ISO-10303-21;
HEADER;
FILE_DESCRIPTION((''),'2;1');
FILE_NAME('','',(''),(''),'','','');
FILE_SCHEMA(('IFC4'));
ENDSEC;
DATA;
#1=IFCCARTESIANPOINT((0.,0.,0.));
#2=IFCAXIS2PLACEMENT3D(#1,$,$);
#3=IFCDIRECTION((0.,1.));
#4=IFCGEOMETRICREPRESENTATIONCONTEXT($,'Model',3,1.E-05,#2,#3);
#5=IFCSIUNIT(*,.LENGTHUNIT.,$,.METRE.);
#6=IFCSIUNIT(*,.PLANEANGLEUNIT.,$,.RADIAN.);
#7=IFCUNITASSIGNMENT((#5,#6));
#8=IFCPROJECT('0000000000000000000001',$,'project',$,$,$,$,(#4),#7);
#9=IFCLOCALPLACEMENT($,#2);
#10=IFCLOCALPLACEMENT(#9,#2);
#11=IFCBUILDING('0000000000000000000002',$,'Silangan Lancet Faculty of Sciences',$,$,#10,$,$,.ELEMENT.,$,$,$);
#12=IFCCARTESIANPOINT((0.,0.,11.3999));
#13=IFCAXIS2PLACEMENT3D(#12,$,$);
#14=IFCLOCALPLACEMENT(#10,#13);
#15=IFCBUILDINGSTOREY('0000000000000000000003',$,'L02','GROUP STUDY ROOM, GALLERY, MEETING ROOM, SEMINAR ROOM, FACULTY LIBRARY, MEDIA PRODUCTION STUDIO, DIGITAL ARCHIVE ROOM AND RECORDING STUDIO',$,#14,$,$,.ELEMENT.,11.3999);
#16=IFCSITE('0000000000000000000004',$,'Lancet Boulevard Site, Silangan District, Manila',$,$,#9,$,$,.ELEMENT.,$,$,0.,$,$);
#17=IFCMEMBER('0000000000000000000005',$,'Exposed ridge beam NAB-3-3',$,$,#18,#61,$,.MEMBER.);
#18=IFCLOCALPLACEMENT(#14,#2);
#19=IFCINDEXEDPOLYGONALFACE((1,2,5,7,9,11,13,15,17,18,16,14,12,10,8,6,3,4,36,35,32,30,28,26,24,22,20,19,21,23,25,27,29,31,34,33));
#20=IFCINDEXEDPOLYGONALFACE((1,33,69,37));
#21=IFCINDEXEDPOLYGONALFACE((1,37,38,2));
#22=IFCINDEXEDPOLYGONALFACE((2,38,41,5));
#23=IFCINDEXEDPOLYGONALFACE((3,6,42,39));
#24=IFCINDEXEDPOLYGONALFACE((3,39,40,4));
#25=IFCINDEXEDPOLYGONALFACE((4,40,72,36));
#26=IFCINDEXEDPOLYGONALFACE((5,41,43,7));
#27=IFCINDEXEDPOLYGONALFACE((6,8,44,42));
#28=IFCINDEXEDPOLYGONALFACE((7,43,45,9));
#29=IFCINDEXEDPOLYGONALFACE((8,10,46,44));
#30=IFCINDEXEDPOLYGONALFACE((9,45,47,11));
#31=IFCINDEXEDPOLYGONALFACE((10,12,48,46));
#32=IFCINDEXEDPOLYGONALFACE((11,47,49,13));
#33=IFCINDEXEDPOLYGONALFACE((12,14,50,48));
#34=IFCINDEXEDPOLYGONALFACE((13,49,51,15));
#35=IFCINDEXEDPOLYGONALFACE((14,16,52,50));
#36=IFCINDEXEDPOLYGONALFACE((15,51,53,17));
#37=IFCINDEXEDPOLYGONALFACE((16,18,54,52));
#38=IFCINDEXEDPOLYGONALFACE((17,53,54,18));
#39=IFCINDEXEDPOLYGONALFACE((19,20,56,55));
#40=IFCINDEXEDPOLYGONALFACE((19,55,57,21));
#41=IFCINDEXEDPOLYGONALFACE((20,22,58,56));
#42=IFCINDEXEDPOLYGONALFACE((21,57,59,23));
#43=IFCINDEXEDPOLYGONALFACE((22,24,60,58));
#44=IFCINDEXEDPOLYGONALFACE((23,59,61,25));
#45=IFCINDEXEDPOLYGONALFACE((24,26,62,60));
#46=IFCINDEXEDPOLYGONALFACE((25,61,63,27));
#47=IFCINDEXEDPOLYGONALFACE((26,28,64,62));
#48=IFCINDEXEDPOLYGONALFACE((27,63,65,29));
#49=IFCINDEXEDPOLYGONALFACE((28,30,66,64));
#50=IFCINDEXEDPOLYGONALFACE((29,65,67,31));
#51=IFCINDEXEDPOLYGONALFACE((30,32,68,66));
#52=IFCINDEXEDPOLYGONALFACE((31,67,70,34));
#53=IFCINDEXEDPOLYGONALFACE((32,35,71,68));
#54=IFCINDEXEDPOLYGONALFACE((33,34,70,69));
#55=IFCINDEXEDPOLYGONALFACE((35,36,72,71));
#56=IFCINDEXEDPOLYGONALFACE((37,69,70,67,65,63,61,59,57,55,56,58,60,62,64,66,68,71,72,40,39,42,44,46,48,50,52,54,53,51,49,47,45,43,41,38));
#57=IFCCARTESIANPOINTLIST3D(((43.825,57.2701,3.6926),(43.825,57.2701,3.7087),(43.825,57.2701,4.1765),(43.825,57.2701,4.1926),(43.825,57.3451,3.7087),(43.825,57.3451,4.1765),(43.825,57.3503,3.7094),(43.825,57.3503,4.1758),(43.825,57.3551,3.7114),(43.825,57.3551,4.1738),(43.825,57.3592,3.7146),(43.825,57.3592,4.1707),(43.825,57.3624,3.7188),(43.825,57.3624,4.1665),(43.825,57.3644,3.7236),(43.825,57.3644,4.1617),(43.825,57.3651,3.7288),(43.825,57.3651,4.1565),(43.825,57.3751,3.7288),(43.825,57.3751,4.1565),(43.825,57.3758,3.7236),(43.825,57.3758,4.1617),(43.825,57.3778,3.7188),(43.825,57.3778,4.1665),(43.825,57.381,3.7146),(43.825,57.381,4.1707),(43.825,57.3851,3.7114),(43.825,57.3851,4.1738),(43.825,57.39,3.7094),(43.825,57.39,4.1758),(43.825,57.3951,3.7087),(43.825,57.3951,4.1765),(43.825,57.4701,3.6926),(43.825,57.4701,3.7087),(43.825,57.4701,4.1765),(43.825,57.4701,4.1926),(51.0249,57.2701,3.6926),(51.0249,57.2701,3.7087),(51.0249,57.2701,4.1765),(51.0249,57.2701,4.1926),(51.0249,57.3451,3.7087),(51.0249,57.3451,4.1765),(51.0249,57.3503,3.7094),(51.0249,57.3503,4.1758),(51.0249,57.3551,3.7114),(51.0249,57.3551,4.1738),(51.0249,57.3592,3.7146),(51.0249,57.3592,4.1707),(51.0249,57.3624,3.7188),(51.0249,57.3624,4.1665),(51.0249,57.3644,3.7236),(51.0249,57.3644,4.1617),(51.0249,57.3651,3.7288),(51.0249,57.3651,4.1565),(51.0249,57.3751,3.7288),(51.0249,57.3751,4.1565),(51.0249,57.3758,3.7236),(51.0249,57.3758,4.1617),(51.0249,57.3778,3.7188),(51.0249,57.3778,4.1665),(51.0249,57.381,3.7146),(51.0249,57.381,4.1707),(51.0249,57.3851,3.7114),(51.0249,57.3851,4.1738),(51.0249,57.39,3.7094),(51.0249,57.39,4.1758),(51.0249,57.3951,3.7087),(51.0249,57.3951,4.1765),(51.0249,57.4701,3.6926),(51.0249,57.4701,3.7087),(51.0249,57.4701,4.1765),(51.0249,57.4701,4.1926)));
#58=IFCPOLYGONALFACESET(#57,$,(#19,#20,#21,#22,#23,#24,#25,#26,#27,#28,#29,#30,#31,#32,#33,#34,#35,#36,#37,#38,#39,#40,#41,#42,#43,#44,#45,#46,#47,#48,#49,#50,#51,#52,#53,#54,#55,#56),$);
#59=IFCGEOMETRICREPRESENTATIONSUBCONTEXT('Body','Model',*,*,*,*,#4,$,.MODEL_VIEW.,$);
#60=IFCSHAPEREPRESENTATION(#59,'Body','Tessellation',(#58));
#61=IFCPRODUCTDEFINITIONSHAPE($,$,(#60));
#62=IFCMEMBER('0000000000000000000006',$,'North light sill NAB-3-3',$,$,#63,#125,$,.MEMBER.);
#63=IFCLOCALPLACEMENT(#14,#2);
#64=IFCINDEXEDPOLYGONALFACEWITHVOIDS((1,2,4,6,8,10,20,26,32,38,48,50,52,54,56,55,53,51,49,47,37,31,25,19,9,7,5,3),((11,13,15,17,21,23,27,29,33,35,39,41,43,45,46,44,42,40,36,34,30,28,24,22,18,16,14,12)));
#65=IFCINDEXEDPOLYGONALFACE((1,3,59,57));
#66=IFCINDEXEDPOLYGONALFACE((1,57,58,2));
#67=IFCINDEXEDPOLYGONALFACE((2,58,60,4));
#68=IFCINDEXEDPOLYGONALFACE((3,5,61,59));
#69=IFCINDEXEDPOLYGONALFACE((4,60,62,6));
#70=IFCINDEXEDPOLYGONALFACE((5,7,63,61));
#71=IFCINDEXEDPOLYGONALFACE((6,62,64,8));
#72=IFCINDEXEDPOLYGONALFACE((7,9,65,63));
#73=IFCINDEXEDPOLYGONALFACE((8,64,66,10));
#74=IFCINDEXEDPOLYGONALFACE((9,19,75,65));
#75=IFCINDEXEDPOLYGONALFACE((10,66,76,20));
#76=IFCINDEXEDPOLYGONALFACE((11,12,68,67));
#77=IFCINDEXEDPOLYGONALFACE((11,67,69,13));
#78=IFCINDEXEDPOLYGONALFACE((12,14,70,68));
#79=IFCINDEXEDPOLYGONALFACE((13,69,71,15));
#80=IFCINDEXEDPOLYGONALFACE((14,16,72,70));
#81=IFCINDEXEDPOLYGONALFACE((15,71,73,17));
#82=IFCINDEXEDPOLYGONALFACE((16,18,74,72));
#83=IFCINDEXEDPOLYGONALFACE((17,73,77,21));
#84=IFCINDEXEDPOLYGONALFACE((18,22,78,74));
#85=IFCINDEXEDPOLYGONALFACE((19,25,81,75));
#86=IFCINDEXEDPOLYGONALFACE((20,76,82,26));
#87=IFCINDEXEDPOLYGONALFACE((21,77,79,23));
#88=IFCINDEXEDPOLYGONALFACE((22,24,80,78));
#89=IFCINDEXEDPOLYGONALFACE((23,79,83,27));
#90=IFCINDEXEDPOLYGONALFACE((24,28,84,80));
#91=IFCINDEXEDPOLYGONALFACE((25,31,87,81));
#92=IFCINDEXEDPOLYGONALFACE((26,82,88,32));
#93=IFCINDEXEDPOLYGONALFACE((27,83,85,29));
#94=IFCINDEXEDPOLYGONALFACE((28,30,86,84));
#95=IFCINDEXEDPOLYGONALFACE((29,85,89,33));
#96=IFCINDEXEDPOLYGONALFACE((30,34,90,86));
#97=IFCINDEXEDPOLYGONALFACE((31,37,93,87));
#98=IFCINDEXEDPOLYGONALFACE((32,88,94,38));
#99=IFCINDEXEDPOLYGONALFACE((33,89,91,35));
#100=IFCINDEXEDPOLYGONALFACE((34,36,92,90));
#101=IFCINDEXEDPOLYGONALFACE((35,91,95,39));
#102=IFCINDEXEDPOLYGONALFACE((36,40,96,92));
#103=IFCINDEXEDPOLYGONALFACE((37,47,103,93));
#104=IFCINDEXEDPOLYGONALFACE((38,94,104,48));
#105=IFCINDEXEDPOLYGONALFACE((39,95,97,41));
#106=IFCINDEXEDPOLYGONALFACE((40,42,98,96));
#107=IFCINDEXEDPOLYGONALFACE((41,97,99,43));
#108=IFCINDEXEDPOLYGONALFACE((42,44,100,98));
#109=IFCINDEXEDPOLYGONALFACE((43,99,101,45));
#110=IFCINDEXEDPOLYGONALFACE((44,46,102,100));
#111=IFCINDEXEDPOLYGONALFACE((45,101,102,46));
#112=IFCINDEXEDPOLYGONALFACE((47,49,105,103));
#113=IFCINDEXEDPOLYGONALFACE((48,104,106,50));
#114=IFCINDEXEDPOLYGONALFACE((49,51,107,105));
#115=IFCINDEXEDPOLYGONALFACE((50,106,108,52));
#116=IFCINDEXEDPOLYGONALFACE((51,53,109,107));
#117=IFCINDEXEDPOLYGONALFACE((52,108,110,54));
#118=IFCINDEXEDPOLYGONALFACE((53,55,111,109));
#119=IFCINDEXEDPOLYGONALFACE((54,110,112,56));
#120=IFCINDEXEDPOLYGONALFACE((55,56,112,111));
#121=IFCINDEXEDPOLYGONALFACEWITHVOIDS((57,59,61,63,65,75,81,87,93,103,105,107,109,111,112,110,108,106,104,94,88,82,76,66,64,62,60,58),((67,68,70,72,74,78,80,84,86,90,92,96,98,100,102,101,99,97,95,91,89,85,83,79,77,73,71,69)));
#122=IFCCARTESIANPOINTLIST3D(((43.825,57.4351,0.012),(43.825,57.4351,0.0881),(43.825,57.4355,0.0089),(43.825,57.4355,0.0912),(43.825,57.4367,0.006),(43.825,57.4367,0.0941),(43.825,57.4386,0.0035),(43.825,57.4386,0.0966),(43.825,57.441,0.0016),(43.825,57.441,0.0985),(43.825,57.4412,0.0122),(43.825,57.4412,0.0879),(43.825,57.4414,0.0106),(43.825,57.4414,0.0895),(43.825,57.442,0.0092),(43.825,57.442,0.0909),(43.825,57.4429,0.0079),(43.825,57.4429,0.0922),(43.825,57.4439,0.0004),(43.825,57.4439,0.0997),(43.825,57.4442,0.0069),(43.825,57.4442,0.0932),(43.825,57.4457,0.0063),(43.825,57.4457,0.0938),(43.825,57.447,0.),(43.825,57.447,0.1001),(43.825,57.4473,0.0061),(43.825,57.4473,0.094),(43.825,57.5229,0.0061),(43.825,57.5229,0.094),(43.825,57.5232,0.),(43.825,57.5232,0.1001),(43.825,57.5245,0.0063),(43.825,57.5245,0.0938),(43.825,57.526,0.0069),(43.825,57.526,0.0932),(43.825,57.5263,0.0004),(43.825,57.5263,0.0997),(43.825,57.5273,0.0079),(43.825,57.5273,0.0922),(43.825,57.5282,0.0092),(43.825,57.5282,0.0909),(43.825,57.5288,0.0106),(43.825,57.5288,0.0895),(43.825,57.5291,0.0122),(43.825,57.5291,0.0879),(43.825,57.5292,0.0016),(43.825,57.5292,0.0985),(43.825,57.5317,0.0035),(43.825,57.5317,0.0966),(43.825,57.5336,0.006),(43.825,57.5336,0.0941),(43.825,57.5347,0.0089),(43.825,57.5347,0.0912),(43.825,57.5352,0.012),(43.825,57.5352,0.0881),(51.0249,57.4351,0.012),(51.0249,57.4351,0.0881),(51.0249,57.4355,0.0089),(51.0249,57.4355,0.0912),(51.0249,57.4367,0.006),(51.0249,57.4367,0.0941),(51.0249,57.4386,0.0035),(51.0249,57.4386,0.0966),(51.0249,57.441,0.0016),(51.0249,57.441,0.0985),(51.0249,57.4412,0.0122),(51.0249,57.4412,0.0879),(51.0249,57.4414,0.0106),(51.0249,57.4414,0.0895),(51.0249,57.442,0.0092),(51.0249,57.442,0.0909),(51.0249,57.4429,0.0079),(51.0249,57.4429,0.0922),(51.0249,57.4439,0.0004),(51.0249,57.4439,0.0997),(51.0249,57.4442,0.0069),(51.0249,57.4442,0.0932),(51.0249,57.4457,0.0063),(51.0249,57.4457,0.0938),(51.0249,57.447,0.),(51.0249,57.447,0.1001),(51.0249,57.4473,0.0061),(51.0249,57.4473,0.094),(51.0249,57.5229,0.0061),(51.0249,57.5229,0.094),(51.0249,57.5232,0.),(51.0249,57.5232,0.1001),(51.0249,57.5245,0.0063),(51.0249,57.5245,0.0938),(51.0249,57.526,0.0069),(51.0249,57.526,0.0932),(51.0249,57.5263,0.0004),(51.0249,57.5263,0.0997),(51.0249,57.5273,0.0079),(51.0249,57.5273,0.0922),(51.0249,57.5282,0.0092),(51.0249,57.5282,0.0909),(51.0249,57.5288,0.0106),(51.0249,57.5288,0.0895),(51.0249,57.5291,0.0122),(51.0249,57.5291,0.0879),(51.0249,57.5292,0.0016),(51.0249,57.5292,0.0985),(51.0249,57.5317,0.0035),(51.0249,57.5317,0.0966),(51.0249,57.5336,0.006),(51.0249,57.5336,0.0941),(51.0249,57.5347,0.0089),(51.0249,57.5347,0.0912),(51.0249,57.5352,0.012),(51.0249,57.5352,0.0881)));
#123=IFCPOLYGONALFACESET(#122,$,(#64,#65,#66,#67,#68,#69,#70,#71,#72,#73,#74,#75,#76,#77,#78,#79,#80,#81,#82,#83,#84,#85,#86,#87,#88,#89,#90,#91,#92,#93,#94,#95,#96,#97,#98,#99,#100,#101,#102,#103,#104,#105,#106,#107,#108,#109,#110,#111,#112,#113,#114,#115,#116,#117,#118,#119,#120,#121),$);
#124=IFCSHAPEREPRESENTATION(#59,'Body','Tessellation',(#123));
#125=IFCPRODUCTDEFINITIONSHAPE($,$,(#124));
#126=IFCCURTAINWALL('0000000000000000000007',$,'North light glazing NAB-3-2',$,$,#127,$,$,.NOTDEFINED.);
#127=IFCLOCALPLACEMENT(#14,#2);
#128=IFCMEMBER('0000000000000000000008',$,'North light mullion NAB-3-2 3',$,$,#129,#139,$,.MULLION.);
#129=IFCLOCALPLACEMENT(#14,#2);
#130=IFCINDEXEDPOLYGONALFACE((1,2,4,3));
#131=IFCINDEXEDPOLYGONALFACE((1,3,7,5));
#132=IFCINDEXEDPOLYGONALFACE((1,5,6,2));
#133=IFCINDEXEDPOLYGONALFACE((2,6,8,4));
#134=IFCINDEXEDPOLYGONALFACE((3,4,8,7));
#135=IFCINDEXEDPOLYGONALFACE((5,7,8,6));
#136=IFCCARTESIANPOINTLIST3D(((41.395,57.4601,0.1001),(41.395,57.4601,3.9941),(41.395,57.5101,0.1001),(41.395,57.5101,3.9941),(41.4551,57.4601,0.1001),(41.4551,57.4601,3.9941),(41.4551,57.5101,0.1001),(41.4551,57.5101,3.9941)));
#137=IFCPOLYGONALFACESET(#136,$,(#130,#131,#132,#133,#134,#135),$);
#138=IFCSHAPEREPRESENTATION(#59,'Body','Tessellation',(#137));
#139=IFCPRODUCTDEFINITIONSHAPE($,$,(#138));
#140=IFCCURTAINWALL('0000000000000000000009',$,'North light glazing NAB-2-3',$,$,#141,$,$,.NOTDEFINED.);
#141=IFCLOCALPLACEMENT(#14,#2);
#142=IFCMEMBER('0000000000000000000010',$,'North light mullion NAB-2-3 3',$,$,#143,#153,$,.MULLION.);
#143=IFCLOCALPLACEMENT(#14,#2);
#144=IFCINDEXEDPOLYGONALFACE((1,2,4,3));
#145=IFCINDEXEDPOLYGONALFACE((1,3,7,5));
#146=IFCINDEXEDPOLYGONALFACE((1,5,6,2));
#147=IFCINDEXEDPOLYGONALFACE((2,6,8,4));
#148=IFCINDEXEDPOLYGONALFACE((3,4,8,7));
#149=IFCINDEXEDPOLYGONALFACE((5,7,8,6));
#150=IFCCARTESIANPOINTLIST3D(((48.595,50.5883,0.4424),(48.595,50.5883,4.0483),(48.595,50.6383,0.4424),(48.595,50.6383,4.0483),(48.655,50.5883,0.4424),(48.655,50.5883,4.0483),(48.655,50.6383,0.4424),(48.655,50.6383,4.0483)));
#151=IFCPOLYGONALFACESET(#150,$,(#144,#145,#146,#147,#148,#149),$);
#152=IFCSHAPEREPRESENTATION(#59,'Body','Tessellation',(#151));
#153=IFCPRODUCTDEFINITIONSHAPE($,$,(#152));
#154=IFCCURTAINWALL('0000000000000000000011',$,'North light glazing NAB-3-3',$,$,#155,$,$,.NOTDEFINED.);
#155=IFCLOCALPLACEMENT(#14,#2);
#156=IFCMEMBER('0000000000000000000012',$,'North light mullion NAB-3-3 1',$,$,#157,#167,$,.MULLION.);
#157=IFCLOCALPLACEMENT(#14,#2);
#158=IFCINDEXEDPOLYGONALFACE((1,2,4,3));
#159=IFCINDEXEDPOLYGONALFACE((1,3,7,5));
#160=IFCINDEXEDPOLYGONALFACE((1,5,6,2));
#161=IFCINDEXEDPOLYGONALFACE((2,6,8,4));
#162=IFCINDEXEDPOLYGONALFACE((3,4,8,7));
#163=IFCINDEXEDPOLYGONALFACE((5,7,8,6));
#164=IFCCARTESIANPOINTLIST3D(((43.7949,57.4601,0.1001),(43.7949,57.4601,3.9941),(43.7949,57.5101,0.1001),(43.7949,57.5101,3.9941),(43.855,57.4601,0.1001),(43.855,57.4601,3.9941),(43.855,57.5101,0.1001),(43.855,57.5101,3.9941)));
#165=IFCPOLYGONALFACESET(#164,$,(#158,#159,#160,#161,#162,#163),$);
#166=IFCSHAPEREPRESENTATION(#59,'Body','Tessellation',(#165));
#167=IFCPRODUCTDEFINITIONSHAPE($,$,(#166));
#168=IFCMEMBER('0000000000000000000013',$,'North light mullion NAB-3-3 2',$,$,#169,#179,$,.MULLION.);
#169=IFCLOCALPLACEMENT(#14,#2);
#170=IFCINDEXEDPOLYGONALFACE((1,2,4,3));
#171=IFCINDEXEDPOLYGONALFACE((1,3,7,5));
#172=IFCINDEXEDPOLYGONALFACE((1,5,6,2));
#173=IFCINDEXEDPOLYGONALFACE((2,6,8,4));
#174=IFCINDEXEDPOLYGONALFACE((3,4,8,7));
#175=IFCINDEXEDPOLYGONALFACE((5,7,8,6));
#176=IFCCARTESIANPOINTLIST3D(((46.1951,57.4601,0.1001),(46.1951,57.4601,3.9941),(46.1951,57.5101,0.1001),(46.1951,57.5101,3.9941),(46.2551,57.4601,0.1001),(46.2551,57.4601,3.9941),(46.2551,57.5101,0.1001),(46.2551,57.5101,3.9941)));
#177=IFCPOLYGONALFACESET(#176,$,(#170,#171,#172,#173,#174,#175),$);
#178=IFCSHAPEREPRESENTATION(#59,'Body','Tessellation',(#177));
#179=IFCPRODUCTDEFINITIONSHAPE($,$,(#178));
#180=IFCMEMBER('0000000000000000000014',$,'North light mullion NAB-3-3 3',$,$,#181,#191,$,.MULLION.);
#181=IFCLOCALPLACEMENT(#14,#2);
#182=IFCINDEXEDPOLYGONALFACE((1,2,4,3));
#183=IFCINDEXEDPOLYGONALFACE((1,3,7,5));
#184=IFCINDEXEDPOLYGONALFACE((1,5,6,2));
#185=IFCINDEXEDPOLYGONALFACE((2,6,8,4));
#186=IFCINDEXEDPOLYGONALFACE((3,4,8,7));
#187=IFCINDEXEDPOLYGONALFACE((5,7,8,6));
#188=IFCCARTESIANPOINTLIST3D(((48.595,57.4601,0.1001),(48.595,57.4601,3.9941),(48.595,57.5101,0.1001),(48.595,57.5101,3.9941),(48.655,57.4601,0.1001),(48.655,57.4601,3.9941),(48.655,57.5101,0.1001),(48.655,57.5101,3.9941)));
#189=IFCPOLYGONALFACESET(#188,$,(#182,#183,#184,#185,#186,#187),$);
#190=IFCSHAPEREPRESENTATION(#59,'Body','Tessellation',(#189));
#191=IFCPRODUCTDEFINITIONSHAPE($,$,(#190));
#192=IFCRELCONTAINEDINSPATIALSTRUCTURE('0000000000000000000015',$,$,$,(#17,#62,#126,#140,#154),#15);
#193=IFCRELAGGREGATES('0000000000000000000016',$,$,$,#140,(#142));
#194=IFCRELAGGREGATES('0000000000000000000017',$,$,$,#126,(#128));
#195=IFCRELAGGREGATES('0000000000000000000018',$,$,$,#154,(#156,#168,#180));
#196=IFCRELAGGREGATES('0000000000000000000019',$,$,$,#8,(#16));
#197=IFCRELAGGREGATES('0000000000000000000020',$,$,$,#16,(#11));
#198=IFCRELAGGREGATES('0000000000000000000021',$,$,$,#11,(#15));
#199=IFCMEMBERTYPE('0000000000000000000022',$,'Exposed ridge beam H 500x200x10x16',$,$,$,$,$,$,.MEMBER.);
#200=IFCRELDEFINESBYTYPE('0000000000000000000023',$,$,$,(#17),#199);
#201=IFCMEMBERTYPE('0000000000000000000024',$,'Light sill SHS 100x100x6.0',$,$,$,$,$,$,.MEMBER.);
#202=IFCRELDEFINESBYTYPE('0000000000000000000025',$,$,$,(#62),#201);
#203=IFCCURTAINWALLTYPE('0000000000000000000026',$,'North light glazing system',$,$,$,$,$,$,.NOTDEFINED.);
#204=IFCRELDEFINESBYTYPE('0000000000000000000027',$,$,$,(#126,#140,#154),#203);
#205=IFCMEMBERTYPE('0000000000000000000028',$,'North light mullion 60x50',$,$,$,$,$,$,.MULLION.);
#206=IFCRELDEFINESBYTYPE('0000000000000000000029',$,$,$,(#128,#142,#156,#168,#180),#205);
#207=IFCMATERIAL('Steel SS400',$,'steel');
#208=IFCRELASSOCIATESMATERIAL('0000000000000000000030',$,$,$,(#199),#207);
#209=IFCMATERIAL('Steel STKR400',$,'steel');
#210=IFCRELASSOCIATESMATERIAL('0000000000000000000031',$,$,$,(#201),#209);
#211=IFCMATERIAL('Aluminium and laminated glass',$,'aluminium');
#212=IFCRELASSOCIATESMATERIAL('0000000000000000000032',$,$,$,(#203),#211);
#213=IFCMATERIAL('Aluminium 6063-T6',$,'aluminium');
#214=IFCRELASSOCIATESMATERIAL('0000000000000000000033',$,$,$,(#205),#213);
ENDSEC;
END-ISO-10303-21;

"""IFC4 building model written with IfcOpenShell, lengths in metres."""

from ifc_helpers import new_model, si_unit, direction, frame, origin, origin_2d, place, context, subcontext, project, spatial, rectangle, hollow_rectangle, i_section, extrude, material, material_profile, profile_set, type_object, element, aggregate, save


model = new_model("IFC4")

# Units and contexts
model_context = context("Model", 3, precision=1e-05, world=origin(), true_north=direction((0.0, 1.0)))
body_context = subcontext(model_context, "Body", "Model", "MODEL_VIEW")
ifc_project = project(units=[si_unit("LENGTHUNIT", "METRE"), si_unit("PLANEANGLEUNIT", "RADIAN")], contexts=[model_context])

# Site, building, storey
site_placement = place(None, origin())
site = spatial("IfcSite", under=ifc_project, at=site_placement, Name="Lancet Boulevard Site, Silangan District, Manila", CompositionType="ELEMENT", RefElevation=0.0)
building_placement = place(site_placement, origin())
building = spatial("IfcBuilding", under=site, at=building_placement, Name="Silangan Lancet Faculty of Sciences", CompositionType="ELEMENT")
storey_placement = place(building_placement, frame((0.0, 0.0, 11.3999)))
storey = spatial("IfcBuildingStorey", under=building, at=storey_placement, Name="L02", Description="GROUP STUDY ROOM, GALLERY, MEETING ROOM, SEMINAR ROOM, FACULTY LIBRARY, MEDIA PRODUCTION STUDIO, DIGITAL ARCHIVE ROOM AND RECORDING STUDIO", CompositionType="ELEMENT", Elevation=11.3999)

# Members
ifc_material_1 = material(Name="Steel SS400", Category="steel")
ifc_material_profile_1 = material_profile(ifc_material_1, i_section(OverallWidth=0.2, OverallDepth=0.5, WebThickness=0.01, FlangeThickness=0.0161, FilletRadius=0.02, at=origin_2d()), Name="H 500x200x10x16")
ifc_profile_set_1 = profile_set([ifc_material_profile_1], Name="Steel SS400")
member_type_1 = type_object("IfcMemberType", Name="Exposed ridge beam H 500x200x10x16", PredefinedType="MEMBER", material=ifc_profile_set_1)
member_1_placement = place(storey_placement, frame((43.825, 57.3701, 3.9426), z_axis=(1.0, 0.0, 0.0), x_axis=(0.0, 1.0, 0.0)))
element("IfcMember", 1, at=member_1_placement, inside=storey, type_object=member_type_1, Name="Exposed ridge beam NAB-3-3", PredefinedType="MEMBER", context=body_context, shape_type="SweptSolid", body=[
    extrude(i_section(OverallWidth=0.2, OverallDepth=0.5, WebThickness=0.01, FlangeThickness=0.0161, FilletRadius=0.02, at=origin_2d()), origin(), (0.0, 0.0, 1.0), 7.2),
])
ifc_material_2 = material(Name="Steel STKR400", Category="steel")
ifc_material_profile_2 = material_profile(ifc_material_2, hollow_rectangle(XDim=0.1001, YDim=0.1001, WallThickness=0.0061, InnerFilletRadius=0.0061, OuterFilletRadius=0.012, at=origin_2d()), Name="SHS 100x100x6.0")
ifc_profile_set_2 = profile_set([ifc_material_profile_2], Name="Steel STKR400")
member_type_2 = type_object("IfcMemberType", Name="Light sill SHS 100x100x6.0", PredefinedType="MEMBER", material=ifc_profile_set_2)
member_2_placement = place(storey_placement, frame((43.825, 57.4851, 0.05), z_axis=(1.0, 0.0, 0.0), x_axis=(0.0, 1.0, 0.0)))
element("IfcMember", 2, at=member_2_placement, inside=storey, type_object=member_type_2, Name="North light sill NAB-3-3", PredefinedType="MEMBER", context=body_context, shape_type="SweptSolid", body=[
    extrude(hollow_rectangle(XDim=0.1001, YDim=0.1001, WallThickness=0.0061, InnerFilletRadius=0.0061, OuterFilletRadius=0.012, at=origin_2d()), origin(), (0.0, 0.0, 1.0), 7.2),
])

# Curtain walls, members
ifc_material_3 = material(Name="Aluminium and laminated glass", Category="aluminium")
curtain_wall_type = type_object("IfcCurtainWallType", Name="North light glazing system", PredefinedType="NOTDEFINED", material=ifc_material_3)
curtain_wall_1_placement = place(storey_placement, origin())
curtain_wall_1 = element("IfcCurtainWall", 3, at=curtain_wall_1_placement, inside=storey, type_object=curtain_wall_type, Name="North light glazing NAB-3-2", PredefinedType="NOTDEFINED")
ifc_material_4 = material(Name="Aluminium 6063-T6", Category="aluminium")
ifc_material_profile_3 = material_profile(ifc_material_4, rectangle(XDim=0.0601, YDim=0.05, at=origin_2d()), Name="AL 60x50")
ifc_profile_set_3 = profile_set([ifc_material_profile_3], Name="Aluminium 6063-T6")
member_type_3 = type_object("IfcMemberType", Name="North light mullion 60x50", PredefinedType="MULLION", material=ifc_profile_set_3)
member_3_placement = place(storey_placement, frame((41.425, 57.4851, 0.1001), z_axis=(0.0, 0.0, 1.0), x_axis=(1.0, 0.0, 0.0)))
member_3 = element("IfcMember", 4, at=member_3_placement, type_object=member_type_3, Name="North light mullion NAB-3-2 3", PredefinedType="MULLION", context=body_context, shape_type="SweptSolid", body=[
    extrude(rectangle(XDim=0.0601, YDim=0.05, at=origin_2d()), origin(), (0.0, 0.0, 1.0), 3.894),
])
curtain_wall_2_placement = place(storey_placement, origin())
curtain_wall_2 = element("IfcCurtainWall", 5, at=curtain_wall_2_placement, inside=storey, type_object=curtain_wall_type, Name="North light glazing NAB-2-3", PredefinedType="NOTDEFINED")
member_4_placement = place(storey_placement, frame((48.625, 50.6133, 0.4424), z_axis=(0.0, 0.0, 1.0), x_axis=(1.0, 0.0, 0.0)))
member_4 = element("IfcMember", 6, at=member_4_placement, type_object=member_type_3, Name="North light mullion NAB-2-3 3", PredefinedType="MULLION", context=body_context, shape_type="SweptSolid", body=[
    extrude(rectangle(XDim=0.0601, YDim=0.05, at=origin_2d()), origin(), (0.0, 0.0, 1.0), 3.606),
])

# Curtain wall, members
curtain_wall_3_placement = place(storey_placement, origin())
curtain_wall_3 = element("IfcCurtainWall", 7, at=curtain_wall_3_placement, inside=storey, type_object=curtain_wall_type, Name="North light glazing NAB-3-3", PredefinedType="NOTDEFINED")
member_5_placement = place(storey_placement, frame((43.825, 57.4851, 0.1001), z_axis=(0.0, 0.0, 1.0), x_axis=(1.0, 0.0, 0.0)))
member_5 = element("IfcMember", 8, at=member_5_placement, type_object=member_type_3, Name="North light mullion NAB-3-3 1", PredefinedType="MULLION", context=body_context, shape_type="SweptSolid", body=[
    extrude(rectangle(XDim=0.0601, YDim=0.05, at=origin_2d()), origin(), (0.0, 0.0, 1.0), 3.894),
])
member_6_placement = place(storey_placement, frame((46.2251, 57.4851, 0.1001), z_axis=(0.0, 0.0, 1.0), x_axis=(1.0, 0.0, 0.0)))
member_6 = element("IfcMember", 9, at=member_6_placement, type_object=member_type_3, Name="North light mullion NAB-3-3 2", PredefinedType="MULLION", context=body_context, shape_type="SweptSolid", body=[
    extrude(rectangle(XDim=0.0601, YDim=0.05, at=origin_2d()), origin(), (0.0, 0.0, 1.0), 3.894),
])
member_7_placement = place(storey_placement, frame((48.625, 57.4851, 0.1001), z_axis=(0.0, 0.0, 1.0), x_axis=(1.0, 0.0, 0.0)))
member_7 = element("IfcMember", 10, at=member_7_placement, type_object=member_type_3, Name="North light mullion NAB-3-3 3", PredefinedType="MULLION", context=body_context, shape_type="SweptSolid", body=[
    extrude(rectangle(XDim=0.0601, YDim=0.05, at=origin_2d()), origin(), (0.0, 0.0, 1.0), 3.894),
])

aggregate(curtain_wall_2, [member_4])

aggregate(curtain_wall_1, [member_3])
aggregate(curtain_wall_3, [member_5, member_6, member_7])

save(model, "model.ifc")
